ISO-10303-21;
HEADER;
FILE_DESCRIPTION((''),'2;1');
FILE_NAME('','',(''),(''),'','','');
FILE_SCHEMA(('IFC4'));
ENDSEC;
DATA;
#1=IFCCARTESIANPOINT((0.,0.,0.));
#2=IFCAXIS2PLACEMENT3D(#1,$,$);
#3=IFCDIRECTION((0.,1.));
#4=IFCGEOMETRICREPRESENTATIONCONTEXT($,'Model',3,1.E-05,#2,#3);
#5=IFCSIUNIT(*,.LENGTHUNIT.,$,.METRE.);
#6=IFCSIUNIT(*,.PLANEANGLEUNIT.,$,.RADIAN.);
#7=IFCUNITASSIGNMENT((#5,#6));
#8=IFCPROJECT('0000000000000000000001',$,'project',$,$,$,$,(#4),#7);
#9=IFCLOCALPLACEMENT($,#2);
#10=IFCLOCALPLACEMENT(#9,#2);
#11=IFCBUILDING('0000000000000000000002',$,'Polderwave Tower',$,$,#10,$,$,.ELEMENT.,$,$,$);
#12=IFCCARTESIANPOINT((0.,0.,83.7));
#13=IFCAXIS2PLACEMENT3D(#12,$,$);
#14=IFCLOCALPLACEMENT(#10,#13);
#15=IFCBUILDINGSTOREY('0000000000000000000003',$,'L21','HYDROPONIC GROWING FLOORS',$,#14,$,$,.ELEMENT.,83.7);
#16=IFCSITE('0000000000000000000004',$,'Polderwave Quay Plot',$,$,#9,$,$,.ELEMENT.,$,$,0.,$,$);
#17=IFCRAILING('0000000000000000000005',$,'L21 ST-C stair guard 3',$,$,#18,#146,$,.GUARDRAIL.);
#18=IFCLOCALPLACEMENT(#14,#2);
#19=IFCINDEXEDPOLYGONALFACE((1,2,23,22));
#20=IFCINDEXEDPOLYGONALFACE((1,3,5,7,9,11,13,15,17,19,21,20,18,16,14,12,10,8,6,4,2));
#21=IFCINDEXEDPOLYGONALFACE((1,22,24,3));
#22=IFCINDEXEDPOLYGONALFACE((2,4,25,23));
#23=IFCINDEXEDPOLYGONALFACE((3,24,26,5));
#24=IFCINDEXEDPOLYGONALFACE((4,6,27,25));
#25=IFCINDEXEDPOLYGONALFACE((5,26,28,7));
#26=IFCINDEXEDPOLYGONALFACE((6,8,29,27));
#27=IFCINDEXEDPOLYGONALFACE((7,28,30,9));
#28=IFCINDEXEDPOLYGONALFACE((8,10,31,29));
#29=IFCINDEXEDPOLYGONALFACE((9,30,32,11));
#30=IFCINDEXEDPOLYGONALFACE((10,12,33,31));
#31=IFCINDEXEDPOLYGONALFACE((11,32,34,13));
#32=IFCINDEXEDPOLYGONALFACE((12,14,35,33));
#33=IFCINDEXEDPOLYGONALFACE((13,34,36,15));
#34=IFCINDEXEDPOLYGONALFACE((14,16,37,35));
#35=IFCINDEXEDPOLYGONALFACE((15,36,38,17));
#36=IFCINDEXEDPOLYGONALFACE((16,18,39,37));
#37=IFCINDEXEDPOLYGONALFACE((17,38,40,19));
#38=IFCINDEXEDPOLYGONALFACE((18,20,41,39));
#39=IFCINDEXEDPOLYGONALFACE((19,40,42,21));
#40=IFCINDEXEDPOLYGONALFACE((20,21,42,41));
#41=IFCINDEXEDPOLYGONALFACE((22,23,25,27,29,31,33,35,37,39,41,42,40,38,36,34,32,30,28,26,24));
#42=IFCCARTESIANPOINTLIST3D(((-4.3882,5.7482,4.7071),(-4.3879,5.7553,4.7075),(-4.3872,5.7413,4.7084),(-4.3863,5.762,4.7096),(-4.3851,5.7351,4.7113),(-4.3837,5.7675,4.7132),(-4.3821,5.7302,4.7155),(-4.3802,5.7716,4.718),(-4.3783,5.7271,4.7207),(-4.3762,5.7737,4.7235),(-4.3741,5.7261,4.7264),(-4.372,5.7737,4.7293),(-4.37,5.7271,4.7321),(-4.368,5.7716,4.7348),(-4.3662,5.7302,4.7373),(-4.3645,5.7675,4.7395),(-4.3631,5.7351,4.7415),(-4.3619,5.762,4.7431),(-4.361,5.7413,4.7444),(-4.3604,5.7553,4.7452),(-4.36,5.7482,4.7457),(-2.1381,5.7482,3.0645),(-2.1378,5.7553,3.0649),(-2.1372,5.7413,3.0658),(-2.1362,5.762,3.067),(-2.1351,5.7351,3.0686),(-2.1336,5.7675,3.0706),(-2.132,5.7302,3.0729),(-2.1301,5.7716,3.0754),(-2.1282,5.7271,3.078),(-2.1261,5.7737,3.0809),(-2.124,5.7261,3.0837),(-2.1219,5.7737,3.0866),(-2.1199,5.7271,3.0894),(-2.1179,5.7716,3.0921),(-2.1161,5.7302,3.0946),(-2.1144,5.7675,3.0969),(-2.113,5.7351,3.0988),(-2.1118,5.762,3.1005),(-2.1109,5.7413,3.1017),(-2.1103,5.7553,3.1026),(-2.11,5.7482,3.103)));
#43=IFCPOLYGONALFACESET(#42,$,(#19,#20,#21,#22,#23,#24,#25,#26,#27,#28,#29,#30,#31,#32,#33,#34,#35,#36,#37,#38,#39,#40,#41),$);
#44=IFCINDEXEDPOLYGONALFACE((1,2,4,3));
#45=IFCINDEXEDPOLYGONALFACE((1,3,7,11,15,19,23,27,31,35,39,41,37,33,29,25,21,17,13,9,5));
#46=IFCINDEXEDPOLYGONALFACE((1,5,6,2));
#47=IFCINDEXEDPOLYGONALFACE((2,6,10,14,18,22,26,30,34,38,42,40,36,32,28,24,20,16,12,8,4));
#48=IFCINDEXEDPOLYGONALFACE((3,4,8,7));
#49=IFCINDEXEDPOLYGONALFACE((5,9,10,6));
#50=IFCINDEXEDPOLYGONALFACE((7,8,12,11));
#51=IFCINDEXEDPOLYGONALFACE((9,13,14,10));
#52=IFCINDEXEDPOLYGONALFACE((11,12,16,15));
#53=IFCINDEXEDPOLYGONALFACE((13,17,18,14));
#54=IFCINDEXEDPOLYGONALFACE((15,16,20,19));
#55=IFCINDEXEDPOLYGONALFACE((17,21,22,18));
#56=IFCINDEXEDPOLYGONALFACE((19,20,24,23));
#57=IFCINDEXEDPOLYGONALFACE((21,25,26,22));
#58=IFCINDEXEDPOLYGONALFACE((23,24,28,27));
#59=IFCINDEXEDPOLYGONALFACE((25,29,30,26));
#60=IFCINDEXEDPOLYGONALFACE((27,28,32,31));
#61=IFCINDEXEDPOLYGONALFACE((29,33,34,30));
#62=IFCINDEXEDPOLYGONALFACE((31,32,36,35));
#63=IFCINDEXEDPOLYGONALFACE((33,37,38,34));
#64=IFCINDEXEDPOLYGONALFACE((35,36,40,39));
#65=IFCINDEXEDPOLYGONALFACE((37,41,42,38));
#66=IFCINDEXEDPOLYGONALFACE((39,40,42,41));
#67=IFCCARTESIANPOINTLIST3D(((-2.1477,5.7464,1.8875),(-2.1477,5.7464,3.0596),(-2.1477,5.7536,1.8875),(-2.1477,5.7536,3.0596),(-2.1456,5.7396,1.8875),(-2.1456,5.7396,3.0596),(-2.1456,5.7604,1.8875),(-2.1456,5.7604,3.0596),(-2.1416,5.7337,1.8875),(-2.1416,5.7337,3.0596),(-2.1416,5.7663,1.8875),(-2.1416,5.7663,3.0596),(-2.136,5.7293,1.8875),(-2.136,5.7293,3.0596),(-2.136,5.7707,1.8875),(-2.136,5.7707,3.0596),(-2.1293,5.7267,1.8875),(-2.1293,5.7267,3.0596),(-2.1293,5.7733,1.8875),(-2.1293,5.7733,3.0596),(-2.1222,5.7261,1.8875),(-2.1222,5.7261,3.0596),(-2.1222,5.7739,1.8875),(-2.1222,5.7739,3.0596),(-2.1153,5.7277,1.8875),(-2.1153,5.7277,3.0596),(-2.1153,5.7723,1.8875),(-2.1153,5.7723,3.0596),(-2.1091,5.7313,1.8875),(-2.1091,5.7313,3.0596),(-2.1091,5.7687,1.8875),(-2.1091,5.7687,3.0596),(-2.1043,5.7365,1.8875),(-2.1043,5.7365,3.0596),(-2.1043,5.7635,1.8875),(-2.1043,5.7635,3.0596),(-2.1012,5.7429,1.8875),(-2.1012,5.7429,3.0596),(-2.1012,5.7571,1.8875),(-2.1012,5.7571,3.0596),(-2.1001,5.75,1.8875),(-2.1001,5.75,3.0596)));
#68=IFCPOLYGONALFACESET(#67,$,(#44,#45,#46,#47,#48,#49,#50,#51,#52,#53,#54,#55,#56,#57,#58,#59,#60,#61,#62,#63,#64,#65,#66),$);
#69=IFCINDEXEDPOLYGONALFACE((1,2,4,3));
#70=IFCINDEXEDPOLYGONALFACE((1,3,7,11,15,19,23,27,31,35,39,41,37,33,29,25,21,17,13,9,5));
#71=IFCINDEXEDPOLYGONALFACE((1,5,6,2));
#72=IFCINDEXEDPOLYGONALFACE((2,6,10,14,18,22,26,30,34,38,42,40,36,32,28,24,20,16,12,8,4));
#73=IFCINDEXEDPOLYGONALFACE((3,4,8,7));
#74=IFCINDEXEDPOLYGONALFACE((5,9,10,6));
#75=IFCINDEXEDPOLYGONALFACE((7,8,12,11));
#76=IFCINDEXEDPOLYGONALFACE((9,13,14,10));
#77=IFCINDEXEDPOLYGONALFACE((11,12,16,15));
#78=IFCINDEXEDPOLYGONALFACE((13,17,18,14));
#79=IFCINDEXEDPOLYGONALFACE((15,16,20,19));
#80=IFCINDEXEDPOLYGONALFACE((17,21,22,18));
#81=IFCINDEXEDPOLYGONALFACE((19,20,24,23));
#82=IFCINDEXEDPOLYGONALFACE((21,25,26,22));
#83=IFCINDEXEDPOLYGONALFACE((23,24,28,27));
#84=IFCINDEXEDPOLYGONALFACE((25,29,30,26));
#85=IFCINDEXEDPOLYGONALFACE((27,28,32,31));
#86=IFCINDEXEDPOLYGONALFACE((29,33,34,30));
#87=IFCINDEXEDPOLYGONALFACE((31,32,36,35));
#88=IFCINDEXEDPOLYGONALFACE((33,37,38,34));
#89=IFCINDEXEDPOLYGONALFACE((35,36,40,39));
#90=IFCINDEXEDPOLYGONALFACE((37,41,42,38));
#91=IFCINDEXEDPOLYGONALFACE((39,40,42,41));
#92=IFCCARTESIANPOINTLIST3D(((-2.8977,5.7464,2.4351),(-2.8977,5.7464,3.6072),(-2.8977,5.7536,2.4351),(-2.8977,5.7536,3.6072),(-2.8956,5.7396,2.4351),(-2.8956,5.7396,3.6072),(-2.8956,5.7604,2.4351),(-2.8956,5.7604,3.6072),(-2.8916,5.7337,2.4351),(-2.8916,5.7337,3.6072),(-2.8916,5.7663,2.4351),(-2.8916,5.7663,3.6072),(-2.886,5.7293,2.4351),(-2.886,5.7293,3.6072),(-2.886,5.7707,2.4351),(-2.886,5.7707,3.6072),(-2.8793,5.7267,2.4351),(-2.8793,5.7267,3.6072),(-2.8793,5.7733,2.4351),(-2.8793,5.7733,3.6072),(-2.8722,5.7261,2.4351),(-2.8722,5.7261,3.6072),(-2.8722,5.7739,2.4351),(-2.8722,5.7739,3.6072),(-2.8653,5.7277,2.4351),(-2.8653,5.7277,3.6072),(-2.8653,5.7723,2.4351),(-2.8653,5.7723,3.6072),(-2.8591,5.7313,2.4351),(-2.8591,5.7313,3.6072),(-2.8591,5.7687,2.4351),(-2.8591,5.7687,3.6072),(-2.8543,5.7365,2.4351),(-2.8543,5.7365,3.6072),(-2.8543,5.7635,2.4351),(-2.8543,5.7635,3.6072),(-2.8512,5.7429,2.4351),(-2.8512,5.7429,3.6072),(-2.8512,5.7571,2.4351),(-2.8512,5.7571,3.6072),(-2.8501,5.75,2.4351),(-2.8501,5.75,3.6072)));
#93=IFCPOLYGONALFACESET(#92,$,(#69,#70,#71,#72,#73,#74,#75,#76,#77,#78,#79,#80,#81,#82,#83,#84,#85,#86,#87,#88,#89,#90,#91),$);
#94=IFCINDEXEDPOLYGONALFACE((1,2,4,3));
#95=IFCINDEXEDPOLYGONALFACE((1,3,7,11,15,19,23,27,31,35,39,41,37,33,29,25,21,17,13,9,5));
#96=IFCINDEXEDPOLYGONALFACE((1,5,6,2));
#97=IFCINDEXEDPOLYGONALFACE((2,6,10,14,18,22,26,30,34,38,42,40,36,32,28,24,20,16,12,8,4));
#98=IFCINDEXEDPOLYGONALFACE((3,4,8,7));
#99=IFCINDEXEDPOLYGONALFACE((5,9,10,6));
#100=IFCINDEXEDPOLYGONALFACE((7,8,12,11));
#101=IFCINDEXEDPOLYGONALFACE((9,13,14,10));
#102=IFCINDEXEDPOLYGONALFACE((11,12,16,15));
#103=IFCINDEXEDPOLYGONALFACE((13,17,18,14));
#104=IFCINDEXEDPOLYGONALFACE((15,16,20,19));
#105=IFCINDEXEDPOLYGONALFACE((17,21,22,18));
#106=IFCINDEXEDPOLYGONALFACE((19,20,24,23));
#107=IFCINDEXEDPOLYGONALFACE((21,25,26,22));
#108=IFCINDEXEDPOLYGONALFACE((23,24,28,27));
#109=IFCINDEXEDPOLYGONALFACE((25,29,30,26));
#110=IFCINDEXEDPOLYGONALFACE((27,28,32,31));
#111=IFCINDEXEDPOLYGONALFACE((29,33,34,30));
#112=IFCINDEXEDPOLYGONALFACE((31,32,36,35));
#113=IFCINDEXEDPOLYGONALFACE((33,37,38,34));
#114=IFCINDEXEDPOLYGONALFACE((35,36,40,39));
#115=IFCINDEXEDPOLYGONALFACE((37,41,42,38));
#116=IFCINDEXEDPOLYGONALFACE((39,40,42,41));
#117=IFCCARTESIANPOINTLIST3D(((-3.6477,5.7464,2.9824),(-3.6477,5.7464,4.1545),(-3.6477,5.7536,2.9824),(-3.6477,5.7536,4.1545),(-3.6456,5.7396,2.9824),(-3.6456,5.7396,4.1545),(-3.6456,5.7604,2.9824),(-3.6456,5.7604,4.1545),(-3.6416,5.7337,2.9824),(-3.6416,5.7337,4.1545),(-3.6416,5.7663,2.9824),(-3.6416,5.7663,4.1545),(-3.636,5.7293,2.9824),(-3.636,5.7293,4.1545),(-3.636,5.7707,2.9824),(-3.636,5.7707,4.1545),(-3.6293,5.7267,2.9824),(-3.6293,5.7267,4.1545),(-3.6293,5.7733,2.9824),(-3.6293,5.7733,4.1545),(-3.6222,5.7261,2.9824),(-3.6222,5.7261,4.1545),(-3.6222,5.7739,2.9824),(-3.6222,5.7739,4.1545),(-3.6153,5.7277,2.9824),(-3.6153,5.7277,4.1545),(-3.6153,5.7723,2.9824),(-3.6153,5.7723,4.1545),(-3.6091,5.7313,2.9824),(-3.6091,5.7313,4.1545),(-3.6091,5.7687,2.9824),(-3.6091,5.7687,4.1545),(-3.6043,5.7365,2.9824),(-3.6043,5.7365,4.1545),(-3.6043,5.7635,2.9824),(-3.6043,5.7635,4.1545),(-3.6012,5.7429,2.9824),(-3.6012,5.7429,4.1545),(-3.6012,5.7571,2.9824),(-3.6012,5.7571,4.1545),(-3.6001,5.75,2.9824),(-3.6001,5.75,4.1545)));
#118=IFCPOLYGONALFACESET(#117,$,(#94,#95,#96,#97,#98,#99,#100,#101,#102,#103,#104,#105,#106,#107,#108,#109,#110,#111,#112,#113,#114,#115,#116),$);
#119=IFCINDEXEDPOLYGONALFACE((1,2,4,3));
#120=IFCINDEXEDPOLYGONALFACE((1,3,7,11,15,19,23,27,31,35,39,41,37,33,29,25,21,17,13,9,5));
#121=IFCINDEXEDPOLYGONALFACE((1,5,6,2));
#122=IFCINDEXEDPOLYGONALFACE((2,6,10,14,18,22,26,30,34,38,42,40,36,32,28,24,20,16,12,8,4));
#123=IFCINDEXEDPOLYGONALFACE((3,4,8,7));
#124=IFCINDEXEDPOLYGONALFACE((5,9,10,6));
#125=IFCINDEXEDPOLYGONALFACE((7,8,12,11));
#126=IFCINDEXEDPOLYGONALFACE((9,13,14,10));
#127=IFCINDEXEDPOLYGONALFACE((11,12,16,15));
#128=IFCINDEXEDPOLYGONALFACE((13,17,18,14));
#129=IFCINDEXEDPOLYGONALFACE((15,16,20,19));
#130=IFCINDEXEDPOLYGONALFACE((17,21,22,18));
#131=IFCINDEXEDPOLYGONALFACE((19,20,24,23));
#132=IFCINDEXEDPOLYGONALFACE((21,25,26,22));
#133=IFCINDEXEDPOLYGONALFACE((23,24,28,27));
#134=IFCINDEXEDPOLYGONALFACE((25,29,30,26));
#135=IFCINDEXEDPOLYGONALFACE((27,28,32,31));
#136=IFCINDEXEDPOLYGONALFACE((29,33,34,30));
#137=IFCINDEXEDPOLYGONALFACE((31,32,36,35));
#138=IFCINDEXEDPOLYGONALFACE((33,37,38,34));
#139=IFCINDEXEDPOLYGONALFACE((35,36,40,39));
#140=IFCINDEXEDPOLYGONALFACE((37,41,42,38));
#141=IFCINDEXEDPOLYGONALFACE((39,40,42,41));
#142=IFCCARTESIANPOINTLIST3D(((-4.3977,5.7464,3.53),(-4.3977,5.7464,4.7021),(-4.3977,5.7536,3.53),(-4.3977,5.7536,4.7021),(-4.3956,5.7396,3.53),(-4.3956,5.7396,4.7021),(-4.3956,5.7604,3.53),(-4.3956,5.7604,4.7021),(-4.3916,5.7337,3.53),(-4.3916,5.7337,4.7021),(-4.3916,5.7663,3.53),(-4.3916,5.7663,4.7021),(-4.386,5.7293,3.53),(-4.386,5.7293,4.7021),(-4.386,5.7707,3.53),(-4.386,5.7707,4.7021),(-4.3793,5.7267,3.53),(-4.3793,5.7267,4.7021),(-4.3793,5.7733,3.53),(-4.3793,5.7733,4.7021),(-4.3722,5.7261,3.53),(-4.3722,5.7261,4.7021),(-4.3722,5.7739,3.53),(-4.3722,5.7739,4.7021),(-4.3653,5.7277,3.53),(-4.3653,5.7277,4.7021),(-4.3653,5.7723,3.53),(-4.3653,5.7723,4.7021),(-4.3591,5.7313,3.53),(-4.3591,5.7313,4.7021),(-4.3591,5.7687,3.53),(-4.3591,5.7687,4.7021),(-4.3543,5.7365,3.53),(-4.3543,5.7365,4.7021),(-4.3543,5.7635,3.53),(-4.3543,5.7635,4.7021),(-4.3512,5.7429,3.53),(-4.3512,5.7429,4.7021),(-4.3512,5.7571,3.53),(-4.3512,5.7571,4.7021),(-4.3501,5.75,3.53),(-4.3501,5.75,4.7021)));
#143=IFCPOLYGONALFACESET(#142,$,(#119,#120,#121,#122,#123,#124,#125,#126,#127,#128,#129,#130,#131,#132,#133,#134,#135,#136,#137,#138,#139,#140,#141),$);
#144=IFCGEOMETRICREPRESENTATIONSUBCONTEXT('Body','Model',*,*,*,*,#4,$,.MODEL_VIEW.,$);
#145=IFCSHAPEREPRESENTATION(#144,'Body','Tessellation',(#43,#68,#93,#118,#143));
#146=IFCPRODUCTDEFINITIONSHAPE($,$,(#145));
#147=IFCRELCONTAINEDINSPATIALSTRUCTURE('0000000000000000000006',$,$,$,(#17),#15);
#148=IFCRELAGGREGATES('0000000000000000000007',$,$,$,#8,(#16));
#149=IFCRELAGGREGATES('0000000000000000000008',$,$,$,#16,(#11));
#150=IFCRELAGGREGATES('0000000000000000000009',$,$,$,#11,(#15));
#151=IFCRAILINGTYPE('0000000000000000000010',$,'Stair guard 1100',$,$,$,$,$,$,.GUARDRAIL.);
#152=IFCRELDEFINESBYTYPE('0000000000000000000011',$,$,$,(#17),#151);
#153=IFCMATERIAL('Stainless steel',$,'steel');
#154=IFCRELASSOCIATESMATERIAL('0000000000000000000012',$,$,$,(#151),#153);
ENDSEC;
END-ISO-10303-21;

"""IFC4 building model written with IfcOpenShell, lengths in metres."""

from ifc_helpers import new_model, si_unit, direction, frame, origin, origin_2d, place, context, subcontext, project, spatial, circle, extrude, material, type_object, element, save


model = new_model("IFC4")

# Units and contexts
model_context = context("Model", 3, precision=1e-05, world=origin(), true_north=direction((0.0, 1.0)))
body_context = subcontext(model_context, "Body", "Model", "MODEL_VIEW")
ifc_project = project(units=[si_unit("LENGTHUNIT", "METRE"), si_unit("PLANEANGLEUNIT", "RADIAN")], contexts=[model_context])

# Site, building, storey
site_placement = place(None, origin())
site = spatial("IfcSite", under=ifc_project, at=site_placement, Name="Polderwave Quay Plot", CompositionType="ELEMENT", RefElevation=0.0)
building_placement = place(site_placement, origin())
building = spatial("IfcBuilding", under=site, at=building_placement, Name="Polderwave Tower", CompositionType="ELEMENT")
storey_placement = place(building_placement, frame((0.0, 0.0, 83.7)))
storey = spatial("IfcBuildingStorey", under=building, at=storey_placement, Name="L21", Description="HYDROPONIC GROWING FLOORS", CompositionType="ELEMENT", Elevation=83.7)

# Railing
ifc_material_1 = material(Name="Stainless steel", Category="steel")
railing_type_1 = type_object("IfcRailingType", Name="Stair guard 1100", PredefinedType="GUARDRAIL", material=ifc_material_1)
railing_1_placement = place(storey_placement, frame((-2.124, 5.75, 1.8875)))
element("IfcRailing", 1, at=railing_1_placement, inside=storey, type_object=railing_type_1, Name="L21 ST-C stair guard 3", PredefinedType="GUARDRAIL", context=body_context, shape_type="SweptSolid", body=[
    extrude(circle(Radius=0.0239, at=origin_2d()), frame((0.0, 0.0, 1.1963), z_axis=(-0.807674, 0.0, 0.58963), x_axis=(0.0, -1.0, 0.0)), (0.0, 0.0, 1.0), 2.7859),
    extrude(circle(Radius=0.0239, at=origin_2d()), origin(), (0.0, 0.0, 1.0), 1.1721),
    extrude(circle(Radius=0.0239, at=origin_2d()), frame((-0.75, 0.0, 0.5476)), (0.0, 0.0, 1.0), 1.1721),
    extrude(circle(Radius=0.0239, at=origin_2d()), frame((-1.5, 0.0, 1.095)), (0.0, 0.0, 1.0), 1.1721),
    extrude(circle(Radius=0.0239, at=origin_2d()), frame((-2.25, 0.0, 1.6426)), (0.0, 0.0, 1.0), 1.1721),
])

save(model, "model.ifc")
